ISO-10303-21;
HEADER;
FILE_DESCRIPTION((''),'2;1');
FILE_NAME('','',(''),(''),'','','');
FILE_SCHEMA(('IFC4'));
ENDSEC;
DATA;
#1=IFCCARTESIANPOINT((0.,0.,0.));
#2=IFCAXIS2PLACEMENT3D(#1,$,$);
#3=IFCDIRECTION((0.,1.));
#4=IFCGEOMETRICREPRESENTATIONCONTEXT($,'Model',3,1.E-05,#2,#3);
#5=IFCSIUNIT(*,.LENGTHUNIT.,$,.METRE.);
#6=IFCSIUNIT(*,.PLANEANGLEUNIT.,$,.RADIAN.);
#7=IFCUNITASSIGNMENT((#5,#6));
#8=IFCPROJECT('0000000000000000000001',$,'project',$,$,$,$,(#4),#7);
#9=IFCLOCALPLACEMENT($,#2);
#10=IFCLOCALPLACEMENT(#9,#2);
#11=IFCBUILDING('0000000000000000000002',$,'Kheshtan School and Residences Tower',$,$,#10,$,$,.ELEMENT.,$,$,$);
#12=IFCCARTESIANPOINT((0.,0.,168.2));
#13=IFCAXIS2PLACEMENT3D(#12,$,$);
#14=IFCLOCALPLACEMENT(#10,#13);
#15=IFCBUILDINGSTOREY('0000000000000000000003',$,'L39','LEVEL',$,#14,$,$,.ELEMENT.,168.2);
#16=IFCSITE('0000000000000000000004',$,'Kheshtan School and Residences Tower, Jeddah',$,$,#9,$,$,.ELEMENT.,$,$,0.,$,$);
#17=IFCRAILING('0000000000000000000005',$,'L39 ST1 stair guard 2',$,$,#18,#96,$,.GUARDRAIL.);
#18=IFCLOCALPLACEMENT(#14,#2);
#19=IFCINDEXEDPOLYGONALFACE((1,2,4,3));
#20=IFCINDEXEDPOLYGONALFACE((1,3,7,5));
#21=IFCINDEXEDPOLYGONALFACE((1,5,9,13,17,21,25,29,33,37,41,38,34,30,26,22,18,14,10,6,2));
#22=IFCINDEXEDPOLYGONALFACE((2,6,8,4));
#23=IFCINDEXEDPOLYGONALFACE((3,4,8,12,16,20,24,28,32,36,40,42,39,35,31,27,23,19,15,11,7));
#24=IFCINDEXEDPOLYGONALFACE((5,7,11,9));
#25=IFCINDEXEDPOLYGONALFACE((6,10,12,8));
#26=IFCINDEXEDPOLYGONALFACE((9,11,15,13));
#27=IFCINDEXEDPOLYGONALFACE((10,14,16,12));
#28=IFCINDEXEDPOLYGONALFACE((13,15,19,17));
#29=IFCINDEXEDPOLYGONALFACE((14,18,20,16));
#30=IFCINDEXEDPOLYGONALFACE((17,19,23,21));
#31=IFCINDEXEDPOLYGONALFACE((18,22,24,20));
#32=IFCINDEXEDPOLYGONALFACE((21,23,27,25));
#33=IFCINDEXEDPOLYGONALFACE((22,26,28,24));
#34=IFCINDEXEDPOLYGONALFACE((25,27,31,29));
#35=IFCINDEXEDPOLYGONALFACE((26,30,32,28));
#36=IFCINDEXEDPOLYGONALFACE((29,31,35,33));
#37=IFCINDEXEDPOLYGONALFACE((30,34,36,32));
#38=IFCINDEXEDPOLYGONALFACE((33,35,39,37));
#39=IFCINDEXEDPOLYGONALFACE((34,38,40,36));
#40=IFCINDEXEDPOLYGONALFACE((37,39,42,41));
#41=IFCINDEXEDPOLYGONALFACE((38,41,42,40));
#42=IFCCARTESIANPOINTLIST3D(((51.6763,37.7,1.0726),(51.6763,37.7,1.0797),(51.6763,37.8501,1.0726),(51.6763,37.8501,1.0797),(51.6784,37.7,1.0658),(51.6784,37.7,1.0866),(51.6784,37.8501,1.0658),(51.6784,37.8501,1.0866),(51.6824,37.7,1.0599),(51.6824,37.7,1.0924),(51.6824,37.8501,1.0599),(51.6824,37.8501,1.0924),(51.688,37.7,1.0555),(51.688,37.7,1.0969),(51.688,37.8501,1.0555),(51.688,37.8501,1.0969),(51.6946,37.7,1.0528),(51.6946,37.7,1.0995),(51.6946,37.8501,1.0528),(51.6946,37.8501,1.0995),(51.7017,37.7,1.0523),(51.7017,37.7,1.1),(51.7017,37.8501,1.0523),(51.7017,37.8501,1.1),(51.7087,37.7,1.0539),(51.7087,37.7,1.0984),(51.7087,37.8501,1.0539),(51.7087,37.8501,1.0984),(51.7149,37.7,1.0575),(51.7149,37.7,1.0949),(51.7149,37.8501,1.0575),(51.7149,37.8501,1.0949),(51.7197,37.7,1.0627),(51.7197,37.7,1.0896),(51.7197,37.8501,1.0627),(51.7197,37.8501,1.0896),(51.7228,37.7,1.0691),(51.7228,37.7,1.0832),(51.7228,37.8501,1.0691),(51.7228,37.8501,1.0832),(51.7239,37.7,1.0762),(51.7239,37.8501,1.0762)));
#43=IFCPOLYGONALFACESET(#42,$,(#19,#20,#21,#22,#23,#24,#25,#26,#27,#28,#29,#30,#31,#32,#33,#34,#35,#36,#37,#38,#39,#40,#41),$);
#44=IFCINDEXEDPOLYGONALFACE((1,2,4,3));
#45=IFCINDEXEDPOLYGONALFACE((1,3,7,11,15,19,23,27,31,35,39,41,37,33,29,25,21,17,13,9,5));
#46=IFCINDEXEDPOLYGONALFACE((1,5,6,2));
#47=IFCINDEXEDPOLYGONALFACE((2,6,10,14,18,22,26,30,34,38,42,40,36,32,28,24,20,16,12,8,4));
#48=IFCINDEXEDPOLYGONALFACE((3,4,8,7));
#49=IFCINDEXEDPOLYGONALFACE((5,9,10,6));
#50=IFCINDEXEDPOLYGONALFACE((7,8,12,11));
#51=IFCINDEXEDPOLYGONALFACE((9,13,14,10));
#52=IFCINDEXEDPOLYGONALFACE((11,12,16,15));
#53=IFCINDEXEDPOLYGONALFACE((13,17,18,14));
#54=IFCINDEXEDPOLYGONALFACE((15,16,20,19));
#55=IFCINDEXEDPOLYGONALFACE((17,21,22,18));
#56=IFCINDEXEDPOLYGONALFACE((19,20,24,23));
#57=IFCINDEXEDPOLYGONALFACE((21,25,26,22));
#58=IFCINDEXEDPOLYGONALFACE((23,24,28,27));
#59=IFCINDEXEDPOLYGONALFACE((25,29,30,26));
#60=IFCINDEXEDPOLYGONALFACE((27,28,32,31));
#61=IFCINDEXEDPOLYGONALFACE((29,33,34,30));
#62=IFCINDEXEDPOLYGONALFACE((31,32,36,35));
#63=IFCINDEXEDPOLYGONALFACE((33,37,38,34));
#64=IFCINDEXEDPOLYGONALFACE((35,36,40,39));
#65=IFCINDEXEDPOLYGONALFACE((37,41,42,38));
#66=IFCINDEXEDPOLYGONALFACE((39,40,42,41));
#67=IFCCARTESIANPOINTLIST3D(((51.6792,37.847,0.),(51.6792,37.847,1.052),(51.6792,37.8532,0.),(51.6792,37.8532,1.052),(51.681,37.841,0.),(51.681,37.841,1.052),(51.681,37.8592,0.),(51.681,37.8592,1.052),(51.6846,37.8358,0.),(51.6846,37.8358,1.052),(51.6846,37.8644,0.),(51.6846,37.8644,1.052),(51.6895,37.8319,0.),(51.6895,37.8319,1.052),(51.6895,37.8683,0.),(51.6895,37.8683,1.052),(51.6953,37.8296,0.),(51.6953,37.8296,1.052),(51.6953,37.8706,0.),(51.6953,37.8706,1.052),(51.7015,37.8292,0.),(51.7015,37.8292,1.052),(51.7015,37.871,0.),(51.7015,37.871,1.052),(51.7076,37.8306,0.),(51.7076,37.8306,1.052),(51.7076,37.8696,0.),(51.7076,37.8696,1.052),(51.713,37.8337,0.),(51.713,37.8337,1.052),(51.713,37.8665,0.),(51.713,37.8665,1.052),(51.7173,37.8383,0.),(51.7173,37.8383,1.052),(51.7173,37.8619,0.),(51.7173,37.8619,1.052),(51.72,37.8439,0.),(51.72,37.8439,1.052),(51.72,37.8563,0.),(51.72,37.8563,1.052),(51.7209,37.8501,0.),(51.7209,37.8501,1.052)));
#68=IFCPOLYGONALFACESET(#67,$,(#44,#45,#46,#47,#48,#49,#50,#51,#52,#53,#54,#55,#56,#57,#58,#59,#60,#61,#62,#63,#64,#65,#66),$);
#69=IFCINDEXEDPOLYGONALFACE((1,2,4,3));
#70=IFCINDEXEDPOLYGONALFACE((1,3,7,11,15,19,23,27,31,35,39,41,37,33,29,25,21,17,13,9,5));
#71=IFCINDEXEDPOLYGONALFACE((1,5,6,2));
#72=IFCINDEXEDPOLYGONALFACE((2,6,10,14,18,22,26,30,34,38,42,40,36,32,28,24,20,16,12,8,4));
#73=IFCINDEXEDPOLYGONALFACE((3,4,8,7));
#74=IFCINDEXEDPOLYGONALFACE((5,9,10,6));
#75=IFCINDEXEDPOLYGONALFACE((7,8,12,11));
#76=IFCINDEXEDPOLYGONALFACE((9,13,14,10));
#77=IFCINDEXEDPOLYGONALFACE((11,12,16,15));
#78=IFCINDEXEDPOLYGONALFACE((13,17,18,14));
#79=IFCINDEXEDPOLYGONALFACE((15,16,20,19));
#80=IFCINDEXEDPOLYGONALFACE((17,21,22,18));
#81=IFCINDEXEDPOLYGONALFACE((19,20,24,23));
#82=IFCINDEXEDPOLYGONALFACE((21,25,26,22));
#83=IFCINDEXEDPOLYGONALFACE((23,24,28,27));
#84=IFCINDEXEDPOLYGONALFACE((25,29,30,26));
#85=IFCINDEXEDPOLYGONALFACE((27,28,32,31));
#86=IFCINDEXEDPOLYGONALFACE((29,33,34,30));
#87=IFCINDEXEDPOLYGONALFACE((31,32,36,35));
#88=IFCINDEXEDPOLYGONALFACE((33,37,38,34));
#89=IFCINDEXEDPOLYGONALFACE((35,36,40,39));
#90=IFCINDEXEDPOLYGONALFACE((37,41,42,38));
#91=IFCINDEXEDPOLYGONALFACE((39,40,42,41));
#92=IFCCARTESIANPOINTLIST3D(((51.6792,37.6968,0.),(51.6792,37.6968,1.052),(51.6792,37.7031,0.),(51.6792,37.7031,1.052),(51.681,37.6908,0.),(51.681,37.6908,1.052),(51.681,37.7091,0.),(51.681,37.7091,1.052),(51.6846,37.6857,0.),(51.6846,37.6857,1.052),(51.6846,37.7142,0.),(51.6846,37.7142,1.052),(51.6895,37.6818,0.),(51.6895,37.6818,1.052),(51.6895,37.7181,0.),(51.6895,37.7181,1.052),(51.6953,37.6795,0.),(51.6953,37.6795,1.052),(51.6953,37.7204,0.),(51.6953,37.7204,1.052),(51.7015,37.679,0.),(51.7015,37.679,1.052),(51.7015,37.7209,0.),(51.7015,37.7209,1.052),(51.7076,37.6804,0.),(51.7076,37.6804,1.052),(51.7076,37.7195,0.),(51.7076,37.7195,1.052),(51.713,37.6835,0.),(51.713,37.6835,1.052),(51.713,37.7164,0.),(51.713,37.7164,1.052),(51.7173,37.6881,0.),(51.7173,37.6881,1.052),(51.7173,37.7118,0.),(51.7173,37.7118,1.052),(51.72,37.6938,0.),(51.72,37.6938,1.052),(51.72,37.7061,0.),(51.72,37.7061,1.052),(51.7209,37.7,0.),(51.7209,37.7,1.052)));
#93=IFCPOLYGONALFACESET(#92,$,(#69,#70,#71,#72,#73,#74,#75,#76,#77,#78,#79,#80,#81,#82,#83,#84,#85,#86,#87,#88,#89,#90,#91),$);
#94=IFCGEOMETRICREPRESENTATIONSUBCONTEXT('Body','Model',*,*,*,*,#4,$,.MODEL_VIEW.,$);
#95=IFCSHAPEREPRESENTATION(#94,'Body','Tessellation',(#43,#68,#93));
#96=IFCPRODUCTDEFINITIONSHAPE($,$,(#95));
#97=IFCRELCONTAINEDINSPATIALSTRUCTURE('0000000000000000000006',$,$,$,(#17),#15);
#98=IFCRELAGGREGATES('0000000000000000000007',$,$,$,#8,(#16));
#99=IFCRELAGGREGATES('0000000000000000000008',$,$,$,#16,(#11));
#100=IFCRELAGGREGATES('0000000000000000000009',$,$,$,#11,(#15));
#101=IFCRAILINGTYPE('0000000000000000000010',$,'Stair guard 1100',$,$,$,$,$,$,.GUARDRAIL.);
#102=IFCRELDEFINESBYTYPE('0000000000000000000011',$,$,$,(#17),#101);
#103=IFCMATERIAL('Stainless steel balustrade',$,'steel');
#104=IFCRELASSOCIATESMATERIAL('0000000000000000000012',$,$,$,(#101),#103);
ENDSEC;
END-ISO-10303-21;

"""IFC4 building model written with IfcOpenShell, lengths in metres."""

from ifc_helpers import new_model, si_unit, direction, frame, origin, origin_2d, place, context, subcontext, project, spatial, circle, extrude, material, type_object, element, save


model = new_model("IFC4")

# Units and contexts
model_context = context("Model", 3, precision=1e-05, world=origin(), true_north=direction((0.0, 1.0)))
body_context = subcontext(model_context, "Body", "Model", "MODEL_VIEW")
ifc_project = project(units=[si_unit("LENGTHUNIT", "METRE"), si_unit("PLANEANGLEUNIT", "RADIAN")], contexts=[model_context])

# Site, building, storey
site_placement = place(None, origin())
site = spatial("IfcSite", under=ifc_project, at=site_placement, Name="Kheshtan School and Residences Tower, Jeddah", CompositionType="ELEMENT", RefElevation=0.0)
building_placement = place(site_placement, origin())
building = spatial("IfcBuilding", under=site, at=building_placement, Name="Kheshtan School and Residences Tower", CompositionType="ELEMENT")
storey_placement = place(building_placement, frame((0.0, 0.0, 168.2)))
storey = spatial("IfcBuildingStorey", under=building, at=storey_placement, Name="L39", Description="LEVEL", CompositionType="ELEMENT", Elevation=168.2)

# Railing
ifc_material_1 = material(Name="Stainless steel balustrade", Category="steel")
railing_type_1 = type_object("IfcRailingType", Name="Stair guard 1100", PredefinedType="GUARDRAIL", material=ifc_material_1)
railing_1_placement = place(storey_placement, frame((51.7, 37.8501, 0.0)))
element("IfcRailing", 1, at=railing_1_placement, inside=storey, type_object=railing_type_1, Name="L39 ST1 stair guard 2", PredefinedType="GUARDRAIL", context=body_context, shape_type="SweptSolid", body=[
    extrude(circle(Radius=0.0239, at=origin_2d()), frame((0.0, 0.0, 1.0762), z_axis=(0.0, -1.0, 0.0), x_axis=(1.0, 0.0, 0.0)), (0.0, 0.0, 1.0), 0.1501),
    extrude(circle(Radius=0.021, at=origin_2d()), origin(), (0.0, 0.0, 1.0), 1.052),
    extrude(circle(Radius=0.021, at=origin_2d()), frame((0.0, -0.1501, 0.0)), (0.0, 0.0, 1.0), 1.052),
])

save(model, "model.ifc")
